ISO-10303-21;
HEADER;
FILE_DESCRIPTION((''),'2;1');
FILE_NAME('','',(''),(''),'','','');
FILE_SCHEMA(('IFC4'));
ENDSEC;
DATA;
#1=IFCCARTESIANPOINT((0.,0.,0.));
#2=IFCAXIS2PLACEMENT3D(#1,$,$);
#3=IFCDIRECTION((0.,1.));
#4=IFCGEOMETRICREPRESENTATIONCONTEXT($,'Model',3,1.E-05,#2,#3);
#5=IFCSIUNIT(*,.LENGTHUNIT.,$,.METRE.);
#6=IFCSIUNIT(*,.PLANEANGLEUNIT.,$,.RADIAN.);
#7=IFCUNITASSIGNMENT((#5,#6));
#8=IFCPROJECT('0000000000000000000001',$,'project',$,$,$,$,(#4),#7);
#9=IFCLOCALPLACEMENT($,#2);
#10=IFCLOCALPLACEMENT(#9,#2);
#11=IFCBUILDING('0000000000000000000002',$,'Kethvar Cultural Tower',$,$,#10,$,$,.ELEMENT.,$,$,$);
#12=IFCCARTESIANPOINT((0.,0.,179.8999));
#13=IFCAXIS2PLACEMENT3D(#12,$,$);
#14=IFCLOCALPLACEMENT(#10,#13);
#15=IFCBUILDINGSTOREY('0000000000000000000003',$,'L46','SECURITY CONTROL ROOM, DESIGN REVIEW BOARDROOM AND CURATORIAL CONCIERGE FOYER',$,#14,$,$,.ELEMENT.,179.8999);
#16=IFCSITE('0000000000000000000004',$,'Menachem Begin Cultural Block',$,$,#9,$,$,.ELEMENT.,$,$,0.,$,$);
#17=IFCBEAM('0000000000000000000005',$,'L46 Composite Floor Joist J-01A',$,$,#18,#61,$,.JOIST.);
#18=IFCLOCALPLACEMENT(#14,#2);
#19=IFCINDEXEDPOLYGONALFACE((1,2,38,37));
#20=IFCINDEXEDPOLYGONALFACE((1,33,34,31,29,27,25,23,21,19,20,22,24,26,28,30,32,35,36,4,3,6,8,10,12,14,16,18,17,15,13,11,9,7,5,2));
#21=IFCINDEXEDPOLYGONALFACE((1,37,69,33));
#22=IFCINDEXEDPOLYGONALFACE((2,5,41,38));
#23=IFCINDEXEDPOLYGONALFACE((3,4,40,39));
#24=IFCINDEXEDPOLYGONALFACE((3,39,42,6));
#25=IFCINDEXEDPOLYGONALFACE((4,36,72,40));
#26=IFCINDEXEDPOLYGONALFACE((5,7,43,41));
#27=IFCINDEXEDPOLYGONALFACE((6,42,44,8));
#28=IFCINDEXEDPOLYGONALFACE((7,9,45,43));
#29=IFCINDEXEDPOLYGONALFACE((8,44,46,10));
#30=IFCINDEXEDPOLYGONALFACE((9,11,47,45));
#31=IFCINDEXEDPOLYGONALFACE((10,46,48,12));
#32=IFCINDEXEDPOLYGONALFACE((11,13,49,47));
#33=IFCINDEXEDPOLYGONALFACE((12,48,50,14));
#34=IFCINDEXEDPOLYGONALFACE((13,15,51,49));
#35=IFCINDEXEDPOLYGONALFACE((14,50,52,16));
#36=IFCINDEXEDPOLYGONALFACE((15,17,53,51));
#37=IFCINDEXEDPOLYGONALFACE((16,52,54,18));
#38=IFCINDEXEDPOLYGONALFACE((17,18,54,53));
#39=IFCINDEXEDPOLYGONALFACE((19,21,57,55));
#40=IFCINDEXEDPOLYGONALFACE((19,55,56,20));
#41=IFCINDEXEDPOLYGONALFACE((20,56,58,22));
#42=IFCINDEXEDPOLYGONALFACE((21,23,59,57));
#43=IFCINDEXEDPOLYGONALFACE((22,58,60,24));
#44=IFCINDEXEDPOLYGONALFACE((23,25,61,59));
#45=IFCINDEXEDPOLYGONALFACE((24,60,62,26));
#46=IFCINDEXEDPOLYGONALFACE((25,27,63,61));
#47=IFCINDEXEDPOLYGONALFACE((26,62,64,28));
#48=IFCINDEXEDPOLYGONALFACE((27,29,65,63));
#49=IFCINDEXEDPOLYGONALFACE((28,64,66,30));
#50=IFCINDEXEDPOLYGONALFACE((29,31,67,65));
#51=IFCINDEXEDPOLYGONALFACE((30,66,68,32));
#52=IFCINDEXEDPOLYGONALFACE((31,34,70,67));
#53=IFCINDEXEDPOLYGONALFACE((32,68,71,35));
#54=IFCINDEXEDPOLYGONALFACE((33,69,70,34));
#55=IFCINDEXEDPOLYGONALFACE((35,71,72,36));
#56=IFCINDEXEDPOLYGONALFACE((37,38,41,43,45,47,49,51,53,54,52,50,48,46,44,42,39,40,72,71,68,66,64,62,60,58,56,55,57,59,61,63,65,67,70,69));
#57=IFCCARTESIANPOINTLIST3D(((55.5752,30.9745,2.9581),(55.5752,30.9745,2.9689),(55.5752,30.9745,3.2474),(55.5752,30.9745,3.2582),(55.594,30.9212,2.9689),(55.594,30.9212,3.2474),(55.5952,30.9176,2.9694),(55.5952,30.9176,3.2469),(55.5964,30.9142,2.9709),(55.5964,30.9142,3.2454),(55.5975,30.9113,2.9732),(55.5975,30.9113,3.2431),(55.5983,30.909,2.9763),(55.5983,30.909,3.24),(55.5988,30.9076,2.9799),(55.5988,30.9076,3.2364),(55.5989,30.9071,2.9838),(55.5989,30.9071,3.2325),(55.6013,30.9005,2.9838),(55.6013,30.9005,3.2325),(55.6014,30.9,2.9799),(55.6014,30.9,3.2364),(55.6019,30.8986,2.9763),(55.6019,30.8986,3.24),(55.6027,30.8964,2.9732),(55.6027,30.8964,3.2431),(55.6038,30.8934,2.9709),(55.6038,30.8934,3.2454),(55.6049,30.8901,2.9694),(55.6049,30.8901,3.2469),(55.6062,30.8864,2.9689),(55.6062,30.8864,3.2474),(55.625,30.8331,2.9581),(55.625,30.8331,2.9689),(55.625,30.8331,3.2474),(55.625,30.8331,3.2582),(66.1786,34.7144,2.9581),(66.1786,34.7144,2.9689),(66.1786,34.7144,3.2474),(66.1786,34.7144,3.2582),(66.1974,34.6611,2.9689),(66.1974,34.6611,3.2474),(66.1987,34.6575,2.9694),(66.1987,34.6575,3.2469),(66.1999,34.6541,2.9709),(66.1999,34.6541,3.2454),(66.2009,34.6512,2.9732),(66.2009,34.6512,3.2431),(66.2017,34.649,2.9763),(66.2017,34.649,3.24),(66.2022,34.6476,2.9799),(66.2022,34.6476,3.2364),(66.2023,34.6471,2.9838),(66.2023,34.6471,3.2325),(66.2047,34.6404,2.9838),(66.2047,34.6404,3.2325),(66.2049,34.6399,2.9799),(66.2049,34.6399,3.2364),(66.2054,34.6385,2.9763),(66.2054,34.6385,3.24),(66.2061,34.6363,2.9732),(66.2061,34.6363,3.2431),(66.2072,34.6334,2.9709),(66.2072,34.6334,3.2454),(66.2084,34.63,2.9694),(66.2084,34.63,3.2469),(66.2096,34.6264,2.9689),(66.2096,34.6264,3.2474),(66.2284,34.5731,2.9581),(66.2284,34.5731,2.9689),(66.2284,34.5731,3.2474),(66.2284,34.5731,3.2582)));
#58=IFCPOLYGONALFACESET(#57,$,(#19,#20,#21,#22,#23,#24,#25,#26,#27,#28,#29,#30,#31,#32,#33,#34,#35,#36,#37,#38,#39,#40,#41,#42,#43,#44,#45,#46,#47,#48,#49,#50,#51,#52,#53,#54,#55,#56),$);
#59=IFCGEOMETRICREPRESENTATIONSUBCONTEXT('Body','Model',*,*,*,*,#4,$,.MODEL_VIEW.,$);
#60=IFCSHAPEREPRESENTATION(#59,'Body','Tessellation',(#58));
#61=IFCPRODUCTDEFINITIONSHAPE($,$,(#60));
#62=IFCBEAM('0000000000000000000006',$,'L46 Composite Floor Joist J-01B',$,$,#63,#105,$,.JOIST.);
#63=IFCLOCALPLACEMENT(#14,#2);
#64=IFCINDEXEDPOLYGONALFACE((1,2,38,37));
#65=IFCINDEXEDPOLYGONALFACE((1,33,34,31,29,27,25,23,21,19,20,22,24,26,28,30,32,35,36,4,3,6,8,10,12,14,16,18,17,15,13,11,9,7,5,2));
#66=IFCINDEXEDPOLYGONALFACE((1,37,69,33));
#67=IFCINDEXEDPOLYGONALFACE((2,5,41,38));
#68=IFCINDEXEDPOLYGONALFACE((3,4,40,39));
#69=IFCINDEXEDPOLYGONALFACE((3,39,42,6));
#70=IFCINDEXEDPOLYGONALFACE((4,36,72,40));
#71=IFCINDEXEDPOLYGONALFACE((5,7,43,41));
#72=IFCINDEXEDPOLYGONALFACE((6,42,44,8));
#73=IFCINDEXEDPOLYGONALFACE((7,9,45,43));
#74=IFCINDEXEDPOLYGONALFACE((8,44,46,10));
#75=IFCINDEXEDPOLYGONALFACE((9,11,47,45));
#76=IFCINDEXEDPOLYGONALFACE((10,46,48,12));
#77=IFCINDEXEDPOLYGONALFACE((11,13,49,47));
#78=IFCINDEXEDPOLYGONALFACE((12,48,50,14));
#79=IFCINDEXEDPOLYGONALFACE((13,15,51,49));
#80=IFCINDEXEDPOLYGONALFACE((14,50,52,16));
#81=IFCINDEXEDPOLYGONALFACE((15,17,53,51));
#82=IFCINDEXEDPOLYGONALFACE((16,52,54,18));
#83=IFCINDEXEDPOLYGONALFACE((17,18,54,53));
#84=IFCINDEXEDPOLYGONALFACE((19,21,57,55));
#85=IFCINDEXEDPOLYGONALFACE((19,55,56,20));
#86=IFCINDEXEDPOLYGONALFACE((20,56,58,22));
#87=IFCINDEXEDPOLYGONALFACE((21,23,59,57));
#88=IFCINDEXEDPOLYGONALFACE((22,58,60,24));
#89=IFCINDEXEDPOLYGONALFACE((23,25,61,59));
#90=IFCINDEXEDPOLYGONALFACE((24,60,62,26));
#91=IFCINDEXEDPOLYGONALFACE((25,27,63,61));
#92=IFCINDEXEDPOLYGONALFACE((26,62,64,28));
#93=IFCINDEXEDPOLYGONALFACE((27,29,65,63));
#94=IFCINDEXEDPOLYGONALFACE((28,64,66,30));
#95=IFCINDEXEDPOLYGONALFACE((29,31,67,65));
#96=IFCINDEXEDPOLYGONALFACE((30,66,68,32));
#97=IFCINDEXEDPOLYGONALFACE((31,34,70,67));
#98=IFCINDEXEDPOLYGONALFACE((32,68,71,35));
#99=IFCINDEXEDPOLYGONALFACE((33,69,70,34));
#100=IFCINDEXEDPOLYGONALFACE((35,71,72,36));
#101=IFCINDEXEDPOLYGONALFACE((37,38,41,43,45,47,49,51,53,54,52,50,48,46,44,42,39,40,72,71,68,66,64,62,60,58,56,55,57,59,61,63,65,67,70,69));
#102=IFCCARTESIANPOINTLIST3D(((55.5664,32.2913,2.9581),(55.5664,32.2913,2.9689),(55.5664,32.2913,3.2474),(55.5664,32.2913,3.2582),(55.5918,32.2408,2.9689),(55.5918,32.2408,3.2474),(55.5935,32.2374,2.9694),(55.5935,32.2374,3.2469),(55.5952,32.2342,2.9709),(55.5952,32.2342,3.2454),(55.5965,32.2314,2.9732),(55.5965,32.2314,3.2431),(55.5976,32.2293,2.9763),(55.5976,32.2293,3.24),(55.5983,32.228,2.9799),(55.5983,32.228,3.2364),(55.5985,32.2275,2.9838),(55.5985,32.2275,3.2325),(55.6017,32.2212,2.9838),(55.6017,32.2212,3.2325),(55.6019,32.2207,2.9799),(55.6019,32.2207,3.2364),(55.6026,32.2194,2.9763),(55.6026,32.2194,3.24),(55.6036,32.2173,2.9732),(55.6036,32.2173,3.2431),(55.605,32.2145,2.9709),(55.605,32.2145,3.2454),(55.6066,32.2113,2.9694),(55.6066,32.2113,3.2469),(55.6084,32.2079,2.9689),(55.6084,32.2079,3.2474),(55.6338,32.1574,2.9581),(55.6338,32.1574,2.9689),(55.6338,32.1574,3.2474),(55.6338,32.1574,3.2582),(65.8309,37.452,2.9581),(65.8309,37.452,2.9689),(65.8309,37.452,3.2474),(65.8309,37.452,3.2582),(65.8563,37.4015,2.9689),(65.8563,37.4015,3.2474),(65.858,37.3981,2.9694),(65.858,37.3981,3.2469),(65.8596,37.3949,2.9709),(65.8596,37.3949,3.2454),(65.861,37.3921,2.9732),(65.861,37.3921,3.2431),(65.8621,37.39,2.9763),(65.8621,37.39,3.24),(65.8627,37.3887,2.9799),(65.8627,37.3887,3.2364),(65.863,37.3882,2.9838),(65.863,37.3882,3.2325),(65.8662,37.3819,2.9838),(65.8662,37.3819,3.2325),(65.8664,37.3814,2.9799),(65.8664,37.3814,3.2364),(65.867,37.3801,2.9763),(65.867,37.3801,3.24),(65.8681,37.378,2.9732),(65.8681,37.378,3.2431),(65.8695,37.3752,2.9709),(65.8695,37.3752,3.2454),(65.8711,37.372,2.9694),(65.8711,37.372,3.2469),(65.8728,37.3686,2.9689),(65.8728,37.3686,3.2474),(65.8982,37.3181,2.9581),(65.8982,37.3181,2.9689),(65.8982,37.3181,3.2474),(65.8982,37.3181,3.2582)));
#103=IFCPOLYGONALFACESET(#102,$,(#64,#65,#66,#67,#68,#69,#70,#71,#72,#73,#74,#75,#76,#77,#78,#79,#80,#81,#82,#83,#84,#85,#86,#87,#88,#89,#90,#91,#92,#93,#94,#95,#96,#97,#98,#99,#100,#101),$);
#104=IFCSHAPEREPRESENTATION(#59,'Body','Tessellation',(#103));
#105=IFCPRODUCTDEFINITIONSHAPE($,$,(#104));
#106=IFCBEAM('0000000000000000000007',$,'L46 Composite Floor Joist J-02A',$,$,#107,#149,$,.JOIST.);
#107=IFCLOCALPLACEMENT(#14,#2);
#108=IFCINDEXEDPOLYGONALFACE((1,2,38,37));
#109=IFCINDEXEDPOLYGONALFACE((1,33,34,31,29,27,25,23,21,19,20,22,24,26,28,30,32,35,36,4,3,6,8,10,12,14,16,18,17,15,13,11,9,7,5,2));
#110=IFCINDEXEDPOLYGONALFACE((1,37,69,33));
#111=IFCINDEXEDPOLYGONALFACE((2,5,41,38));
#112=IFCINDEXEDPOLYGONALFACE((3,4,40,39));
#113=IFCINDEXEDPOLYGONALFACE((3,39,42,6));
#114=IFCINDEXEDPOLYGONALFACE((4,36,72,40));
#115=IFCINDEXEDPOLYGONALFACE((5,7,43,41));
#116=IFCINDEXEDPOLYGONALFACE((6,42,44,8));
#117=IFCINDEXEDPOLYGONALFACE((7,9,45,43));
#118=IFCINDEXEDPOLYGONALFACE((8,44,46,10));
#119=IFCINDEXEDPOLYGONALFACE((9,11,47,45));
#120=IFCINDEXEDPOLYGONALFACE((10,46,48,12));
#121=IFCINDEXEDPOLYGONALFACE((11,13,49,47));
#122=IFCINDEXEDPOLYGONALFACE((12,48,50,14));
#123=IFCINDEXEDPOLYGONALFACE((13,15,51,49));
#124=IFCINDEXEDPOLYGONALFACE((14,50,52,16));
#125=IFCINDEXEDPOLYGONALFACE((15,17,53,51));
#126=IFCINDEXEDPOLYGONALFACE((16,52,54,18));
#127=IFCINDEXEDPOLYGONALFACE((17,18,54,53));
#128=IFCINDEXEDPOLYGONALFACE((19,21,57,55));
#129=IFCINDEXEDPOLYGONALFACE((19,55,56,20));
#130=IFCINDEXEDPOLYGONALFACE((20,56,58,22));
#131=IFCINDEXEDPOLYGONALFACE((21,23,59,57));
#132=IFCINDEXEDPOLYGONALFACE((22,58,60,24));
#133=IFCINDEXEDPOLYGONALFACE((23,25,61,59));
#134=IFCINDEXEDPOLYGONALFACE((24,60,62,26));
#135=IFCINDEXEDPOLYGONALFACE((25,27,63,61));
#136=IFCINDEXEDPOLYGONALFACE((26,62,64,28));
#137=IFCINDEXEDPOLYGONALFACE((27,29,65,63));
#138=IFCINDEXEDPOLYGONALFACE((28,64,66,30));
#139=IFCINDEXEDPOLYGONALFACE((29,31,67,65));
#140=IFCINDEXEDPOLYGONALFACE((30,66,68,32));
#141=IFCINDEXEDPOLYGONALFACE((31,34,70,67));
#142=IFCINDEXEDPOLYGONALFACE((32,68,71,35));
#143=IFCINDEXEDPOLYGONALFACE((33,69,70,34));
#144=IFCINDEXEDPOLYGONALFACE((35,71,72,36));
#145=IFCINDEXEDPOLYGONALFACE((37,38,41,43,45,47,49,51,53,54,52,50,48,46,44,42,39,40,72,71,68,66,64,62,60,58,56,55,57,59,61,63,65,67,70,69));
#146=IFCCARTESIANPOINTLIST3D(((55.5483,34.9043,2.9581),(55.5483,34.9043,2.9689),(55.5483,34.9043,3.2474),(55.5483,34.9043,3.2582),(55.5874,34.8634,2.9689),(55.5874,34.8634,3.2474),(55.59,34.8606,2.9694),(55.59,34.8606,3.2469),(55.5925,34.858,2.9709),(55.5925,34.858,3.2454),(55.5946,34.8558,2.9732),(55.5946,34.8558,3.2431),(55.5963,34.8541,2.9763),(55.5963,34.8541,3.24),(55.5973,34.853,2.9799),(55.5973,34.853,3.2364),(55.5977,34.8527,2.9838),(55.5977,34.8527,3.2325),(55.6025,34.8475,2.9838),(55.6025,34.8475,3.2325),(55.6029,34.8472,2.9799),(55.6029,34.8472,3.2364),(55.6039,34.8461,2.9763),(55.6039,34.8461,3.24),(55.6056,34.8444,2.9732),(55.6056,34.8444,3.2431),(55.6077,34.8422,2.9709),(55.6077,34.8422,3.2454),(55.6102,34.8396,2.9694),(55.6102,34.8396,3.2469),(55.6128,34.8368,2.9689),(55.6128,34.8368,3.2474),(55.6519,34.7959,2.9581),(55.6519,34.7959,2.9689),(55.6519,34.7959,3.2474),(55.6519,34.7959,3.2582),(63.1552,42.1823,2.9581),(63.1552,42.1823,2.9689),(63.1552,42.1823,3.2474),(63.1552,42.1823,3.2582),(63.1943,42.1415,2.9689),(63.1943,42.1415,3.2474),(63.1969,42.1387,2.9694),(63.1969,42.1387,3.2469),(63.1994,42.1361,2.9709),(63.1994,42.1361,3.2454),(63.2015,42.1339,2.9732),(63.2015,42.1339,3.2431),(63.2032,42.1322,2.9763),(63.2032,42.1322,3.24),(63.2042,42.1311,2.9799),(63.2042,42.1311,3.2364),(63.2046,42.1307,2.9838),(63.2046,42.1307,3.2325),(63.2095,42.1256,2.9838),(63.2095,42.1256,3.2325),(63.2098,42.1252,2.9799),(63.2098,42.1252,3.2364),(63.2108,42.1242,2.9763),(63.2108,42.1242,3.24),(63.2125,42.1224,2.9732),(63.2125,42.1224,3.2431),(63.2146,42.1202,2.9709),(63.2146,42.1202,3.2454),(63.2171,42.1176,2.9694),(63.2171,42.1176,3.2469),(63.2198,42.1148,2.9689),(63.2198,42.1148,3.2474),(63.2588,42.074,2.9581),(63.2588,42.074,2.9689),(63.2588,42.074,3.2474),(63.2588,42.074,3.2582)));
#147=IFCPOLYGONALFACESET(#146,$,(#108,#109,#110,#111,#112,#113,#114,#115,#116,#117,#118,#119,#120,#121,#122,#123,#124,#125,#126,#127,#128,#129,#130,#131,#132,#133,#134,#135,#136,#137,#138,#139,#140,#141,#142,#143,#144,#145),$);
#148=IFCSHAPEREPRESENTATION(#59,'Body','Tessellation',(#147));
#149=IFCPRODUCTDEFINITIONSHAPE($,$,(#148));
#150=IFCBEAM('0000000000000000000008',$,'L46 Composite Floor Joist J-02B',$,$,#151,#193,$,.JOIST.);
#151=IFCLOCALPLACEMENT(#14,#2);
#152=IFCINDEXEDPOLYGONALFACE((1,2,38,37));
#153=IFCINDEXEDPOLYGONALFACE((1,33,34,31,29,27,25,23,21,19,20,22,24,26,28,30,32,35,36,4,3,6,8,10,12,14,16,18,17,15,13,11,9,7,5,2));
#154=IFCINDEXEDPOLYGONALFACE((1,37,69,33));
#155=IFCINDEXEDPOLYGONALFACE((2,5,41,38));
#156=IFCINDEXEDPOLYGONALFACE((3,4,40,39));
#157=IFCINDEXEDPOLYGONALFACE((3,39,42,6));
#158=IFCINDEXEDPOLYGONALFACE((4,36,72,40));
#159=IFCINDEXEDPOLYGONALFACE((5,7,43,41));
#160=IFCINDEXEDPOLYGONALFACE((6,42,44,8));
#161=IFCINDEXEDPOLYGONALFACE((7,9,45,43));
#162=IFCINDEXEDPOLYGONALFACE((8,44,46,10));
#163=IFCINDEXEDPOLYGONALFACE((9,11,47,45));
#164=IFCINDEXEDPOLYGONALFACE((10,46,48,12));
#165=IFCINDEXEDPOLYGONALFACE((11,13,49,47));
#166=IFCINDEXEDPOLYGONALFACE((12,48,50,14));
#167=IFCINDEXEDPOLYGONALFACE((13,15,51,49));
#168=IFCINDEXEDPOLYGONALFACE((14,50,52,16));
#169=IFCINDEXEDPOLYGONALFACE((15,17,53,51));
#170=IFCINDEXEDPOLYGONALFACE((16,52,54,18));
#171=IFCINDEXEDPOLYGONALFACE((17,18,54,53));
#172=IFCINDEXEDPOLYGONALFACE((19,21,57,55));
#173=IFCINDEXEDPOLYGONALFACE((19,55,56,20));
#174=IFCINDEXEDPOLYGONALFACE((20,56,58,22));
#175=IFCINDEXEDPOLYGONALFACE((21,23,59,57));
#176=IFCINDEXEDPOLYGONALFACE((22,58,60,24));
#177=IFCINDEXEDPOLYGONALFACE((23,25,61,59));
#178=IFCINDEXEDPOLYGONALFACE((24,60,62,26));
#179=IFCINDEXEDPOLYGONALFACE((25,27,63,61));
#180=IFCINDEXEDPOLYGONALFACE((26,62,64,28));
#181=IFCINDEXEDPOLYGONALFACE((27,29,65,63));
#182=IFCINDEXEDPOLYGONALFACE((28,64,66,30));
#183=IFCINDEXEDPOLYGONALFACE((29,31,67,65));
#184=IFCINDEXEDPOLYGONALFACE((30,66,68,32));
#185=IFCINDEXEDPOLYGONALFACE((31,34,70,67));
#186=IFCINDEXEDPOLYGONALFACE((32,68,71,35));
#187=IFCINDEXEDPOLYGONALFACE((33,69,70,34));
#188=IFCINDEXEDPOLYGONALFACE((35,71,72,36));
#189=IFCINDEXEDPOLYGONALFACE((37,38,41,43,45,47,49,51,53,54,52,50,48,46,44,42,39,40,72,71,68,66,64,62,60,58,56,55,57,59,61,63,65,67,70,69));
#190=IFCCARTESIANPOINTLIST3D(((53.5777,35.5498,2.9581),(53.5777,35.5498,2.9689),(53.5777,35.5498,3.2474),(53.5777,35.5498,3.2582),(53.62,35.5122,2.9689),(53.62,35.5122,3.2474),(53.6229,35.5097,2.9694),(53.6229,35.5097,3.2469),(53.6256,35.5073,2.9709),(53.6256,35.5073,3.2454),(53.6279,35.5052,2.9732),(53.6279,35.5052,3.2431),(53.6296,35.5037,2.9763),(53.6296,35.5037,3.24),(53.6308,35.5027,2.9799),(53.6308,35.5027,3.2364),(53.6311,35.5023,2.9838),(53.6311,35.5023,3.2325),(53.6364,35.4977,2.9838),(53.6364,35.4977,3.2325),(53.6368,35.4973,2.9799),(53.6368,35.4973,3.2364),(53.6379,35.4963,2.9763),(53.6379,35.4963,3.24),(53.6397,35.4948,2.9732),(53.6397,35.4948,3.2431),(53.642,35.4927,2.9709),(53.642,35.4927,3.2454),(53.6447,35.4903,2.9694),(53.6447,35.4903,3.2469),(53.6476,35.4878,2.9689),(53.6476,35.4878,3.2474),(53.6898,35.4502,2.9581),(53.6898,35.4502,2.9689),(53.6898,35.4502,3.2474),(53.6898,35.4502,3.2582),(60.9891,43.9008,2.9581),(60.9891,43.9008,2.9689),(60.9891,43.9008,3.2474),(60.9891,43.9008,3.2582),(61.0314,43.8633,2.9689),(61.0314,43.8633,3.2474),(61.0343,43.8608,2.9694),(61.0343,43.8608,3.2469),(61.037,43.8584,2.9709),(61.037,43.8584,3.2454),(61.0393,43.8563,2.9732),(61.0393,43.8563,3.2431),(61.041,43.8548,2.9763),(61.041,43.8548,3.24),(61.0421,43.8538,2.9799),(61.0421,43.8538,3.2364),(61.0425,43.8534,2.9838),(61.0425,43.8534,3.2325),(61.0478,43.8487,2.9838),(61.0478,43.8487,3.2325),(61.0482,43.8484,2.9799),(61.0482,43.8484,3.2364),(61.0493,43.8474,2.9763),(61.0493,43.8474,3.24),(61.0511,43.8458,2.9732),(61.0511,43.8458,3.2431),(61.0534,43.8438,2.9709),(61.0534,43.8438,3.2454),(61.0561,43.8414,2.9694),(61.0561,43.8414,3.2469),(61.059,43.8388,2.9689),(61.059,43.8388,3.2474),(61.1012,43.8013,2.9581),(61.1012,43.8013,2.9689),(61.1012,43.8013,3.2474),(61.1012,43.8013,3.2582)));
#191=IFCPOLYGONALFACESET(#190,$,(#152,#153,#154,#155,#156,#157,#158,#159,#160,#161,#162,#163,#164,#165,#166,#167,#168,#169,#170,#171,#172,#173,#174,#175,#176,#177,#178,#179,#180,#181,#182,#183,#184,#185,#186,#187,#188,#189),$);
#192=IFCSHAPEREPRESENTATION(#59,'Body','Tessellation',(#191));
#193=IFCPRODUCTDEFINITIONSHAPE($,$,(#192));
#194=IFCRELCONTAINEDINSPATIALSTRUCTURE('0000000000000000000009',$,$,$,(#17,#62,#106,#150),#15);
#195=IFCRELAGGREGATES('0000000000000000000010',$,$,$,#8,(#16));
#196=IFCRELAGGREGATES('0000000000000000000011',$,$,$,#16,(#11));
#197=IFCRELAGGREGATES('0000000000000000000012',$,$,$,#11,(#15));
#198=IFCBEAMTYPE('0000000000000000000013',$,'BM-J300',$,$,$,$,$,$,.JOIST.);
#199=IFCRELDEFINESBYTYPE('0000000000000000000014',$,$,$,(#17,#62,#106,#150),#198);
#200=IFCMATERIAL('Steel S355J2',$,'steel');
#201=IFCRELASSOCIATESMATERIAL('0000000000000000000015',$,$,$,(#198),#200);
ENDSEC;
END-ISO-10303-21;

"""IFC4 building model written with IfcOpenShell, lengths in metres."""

from ifc_helpers import new_model, si_unit, direction, frame, origin, origin_2d, place, context, subcontext, project, spatial, i_section, extrude, source, transform, mapped, material, material_profile, profile_set, type_object, element, save


model = new_model("IFC4")

# Units and contexts
model_context = context("Model", 3, precision=1e-05, world=origin(), true_north=direction((0.0, 1.0)))
body_context = subcontext(model_context, "Body", "Model", "MODEL_VIEW")
ifc_project = project(units=[si_unit("LENGTHUNIT", "METRE"), si_unit("PLANEANGLEUNIT", "RADIAN")], contexts=[model_context])

# Site, building, storey
site_placement = place(None, origin())
site = spatial("IfcSite", under=ifc_project, at=site_placement, Name="Menachem Begin Cultural Block", CompositionType="ELEMENT", RefElevation=0.0)
building_placement = place(site_placement, origin())
building = spatial("IfcBuilding", under=site, at=building_placement, Name="Kethvar Cultural Tower", CompositionType="ELEMENT")
storey_placement = place(building_placement, frame((0.0, 0.0, 179.8999)))
storey = spatial("IfcBuildingStorey", under=building, at=storey_placement, Name="L46", Description="SECURITY CONTROL ROOM, DESIGN REVIEW BOARDROOM AND CURATORIAL CONCIERGE FOYER", CompositionType="ELEMENT", Elevation=179.8999)

# Beams
ifc_material_1 = material(Name="Steel S355J2", Category="steel")
ifc_material_profile_1 = material_profile(ifc_material_1, i_section(OverallWidth=0.1499, OverallDepth=0.3, WebThickness=0.0071, FlangeThickness=0.0107, FilletRadius=0.0149, at=origin_2d()), Name="Steel S355J2 — IPE300")
ifc_profile_set_1 = profile_set([ifc_material_profile_1], Name="Steel S355J2 — IPE300")
beam_type_1 = type_object("IfcBeamType", Name="BM-J300", PredefinedType="JOIST", material=ifc_profile_set_1)
shared_shape_1 = source(origin(), body_context, "Body", "SweptSolid", [
    extrude(i_section(OverallWidth=0.1499, OverallDepth=0.3, WebThickness=0.0071, FlangeThickness=0.0107, FilletRadius=0.0149, at=origin_2d()), origin(), (0.0, 0.0, 1.0), 11.2437),
])
beam_1_placement = place(storey_placement, frame((55.6001, 30.9038, 3.1082), z_axis=(0.943058, 0.332628, 0.0), x_axis=(-0.332628, 0.943058, 0.0)))
element("IfcBeam", 1, at=beam_1_placement, inside=storey, type_object=beam_type_1, Name="L46 Composite Floor Joist J-01A", PredefinedType="JOIST", context=body_context, shape_type="MappedRepresentation", body=[
    mapped(shared_shape_1, transform((0.0, 0.0, 0.0), scale=1.0)),
])
shared_shape_2 = source(origin(), body_context, "Body", "SweptSolid", [
    extrude(i_section(OverallWidth=0.1499, OverallDepth=0.3, WebThickness=0.0071, FlangeThickness=0.0107, FilletRadius=0.0149, at=origin_2d()), origin(), (0.0, 0.0, 1.0), 11.4888),
])
beam_2_placement = place(storey_placement, frame((55.6001, 32.2244, 3.1082), z_axis=(0.893435, 0.449193, 0.0), x_axis=(-0.449193, 0.893435, 0.0)))
element("IfcBeam", 2, at=beam_2_placement, inside=storey, type_object=beam_type_1, Name="L46 Composite Floor Joist J-01B", PredefinedType="JOIST", context=body_context, shape_type="MappedRepresentation", body=[
    mapped(shared_shape_2, transform((0.0, 0.0, 0.0), scale=1.0)),
])
shared_shape_3 = source(origin(), body_context, "Body", "SweptSolid", [
    extrude(i_section(OverallWidth=0.1499, OverallDepth=0.3, WebThickness=0.0071, FlangeThickness=0.0107, FilletRadius=0.0149, at=origin_2d()), origin(), (0.0, 0.0, 1.0), 10.5278),
])
beam_3_placement = place(storey_placement, frame((55.6001, 34.8501, 3.1082), z_axis=(0.722553, 0.691316, 0.0), x_axis=(-0.691316, 0.722553, 0.0)))
element("IfcBeam", 3, at=beam_3_placement, inside=storey, type_object=beam_type_1, Name="L46 Composite Floor Joist J-02A", PredefinedType="JOIST", context=body_context, shape_type="MappedRepresentation", body=[
    mapped(shared_shape_3, transform((0.0, 0.0, 0.0), scale=1.0)),
])
shared_shape_4 = source(origin(), body_context, "Body", "SweptSolid", [
    extrude(i_section(OverallWidth=0.1499, OverallDepth=0.3, WebThickness=0.0071, FlangeThickness=0.0107, FilletRadius=0.0149, at=origin_2d()), origin(), (0.0, 0.0, 1.0), 11.1655),
])
beam_4_placement = place(storey_placement, frame((53.6338, 35.5, 3.1082), z_axis=(0.663773, 0.747934, 0.0), x_axis=(-0.747934, 0.663773, 0.0)))
element("IfcBeam", 4, at=beam_4_placement, inside=storey, type_object=beam_type_1, Name="L46 Composite Floor Joist J-02B", PredefinedType="JOIST", context=body_context, shape_type="MappedRepresentation", body=[
    mapped(shared_shape_4, transform((0.0, 0.0, 0.0), scale=1.0)),
])

save(model, "model.ifc")
